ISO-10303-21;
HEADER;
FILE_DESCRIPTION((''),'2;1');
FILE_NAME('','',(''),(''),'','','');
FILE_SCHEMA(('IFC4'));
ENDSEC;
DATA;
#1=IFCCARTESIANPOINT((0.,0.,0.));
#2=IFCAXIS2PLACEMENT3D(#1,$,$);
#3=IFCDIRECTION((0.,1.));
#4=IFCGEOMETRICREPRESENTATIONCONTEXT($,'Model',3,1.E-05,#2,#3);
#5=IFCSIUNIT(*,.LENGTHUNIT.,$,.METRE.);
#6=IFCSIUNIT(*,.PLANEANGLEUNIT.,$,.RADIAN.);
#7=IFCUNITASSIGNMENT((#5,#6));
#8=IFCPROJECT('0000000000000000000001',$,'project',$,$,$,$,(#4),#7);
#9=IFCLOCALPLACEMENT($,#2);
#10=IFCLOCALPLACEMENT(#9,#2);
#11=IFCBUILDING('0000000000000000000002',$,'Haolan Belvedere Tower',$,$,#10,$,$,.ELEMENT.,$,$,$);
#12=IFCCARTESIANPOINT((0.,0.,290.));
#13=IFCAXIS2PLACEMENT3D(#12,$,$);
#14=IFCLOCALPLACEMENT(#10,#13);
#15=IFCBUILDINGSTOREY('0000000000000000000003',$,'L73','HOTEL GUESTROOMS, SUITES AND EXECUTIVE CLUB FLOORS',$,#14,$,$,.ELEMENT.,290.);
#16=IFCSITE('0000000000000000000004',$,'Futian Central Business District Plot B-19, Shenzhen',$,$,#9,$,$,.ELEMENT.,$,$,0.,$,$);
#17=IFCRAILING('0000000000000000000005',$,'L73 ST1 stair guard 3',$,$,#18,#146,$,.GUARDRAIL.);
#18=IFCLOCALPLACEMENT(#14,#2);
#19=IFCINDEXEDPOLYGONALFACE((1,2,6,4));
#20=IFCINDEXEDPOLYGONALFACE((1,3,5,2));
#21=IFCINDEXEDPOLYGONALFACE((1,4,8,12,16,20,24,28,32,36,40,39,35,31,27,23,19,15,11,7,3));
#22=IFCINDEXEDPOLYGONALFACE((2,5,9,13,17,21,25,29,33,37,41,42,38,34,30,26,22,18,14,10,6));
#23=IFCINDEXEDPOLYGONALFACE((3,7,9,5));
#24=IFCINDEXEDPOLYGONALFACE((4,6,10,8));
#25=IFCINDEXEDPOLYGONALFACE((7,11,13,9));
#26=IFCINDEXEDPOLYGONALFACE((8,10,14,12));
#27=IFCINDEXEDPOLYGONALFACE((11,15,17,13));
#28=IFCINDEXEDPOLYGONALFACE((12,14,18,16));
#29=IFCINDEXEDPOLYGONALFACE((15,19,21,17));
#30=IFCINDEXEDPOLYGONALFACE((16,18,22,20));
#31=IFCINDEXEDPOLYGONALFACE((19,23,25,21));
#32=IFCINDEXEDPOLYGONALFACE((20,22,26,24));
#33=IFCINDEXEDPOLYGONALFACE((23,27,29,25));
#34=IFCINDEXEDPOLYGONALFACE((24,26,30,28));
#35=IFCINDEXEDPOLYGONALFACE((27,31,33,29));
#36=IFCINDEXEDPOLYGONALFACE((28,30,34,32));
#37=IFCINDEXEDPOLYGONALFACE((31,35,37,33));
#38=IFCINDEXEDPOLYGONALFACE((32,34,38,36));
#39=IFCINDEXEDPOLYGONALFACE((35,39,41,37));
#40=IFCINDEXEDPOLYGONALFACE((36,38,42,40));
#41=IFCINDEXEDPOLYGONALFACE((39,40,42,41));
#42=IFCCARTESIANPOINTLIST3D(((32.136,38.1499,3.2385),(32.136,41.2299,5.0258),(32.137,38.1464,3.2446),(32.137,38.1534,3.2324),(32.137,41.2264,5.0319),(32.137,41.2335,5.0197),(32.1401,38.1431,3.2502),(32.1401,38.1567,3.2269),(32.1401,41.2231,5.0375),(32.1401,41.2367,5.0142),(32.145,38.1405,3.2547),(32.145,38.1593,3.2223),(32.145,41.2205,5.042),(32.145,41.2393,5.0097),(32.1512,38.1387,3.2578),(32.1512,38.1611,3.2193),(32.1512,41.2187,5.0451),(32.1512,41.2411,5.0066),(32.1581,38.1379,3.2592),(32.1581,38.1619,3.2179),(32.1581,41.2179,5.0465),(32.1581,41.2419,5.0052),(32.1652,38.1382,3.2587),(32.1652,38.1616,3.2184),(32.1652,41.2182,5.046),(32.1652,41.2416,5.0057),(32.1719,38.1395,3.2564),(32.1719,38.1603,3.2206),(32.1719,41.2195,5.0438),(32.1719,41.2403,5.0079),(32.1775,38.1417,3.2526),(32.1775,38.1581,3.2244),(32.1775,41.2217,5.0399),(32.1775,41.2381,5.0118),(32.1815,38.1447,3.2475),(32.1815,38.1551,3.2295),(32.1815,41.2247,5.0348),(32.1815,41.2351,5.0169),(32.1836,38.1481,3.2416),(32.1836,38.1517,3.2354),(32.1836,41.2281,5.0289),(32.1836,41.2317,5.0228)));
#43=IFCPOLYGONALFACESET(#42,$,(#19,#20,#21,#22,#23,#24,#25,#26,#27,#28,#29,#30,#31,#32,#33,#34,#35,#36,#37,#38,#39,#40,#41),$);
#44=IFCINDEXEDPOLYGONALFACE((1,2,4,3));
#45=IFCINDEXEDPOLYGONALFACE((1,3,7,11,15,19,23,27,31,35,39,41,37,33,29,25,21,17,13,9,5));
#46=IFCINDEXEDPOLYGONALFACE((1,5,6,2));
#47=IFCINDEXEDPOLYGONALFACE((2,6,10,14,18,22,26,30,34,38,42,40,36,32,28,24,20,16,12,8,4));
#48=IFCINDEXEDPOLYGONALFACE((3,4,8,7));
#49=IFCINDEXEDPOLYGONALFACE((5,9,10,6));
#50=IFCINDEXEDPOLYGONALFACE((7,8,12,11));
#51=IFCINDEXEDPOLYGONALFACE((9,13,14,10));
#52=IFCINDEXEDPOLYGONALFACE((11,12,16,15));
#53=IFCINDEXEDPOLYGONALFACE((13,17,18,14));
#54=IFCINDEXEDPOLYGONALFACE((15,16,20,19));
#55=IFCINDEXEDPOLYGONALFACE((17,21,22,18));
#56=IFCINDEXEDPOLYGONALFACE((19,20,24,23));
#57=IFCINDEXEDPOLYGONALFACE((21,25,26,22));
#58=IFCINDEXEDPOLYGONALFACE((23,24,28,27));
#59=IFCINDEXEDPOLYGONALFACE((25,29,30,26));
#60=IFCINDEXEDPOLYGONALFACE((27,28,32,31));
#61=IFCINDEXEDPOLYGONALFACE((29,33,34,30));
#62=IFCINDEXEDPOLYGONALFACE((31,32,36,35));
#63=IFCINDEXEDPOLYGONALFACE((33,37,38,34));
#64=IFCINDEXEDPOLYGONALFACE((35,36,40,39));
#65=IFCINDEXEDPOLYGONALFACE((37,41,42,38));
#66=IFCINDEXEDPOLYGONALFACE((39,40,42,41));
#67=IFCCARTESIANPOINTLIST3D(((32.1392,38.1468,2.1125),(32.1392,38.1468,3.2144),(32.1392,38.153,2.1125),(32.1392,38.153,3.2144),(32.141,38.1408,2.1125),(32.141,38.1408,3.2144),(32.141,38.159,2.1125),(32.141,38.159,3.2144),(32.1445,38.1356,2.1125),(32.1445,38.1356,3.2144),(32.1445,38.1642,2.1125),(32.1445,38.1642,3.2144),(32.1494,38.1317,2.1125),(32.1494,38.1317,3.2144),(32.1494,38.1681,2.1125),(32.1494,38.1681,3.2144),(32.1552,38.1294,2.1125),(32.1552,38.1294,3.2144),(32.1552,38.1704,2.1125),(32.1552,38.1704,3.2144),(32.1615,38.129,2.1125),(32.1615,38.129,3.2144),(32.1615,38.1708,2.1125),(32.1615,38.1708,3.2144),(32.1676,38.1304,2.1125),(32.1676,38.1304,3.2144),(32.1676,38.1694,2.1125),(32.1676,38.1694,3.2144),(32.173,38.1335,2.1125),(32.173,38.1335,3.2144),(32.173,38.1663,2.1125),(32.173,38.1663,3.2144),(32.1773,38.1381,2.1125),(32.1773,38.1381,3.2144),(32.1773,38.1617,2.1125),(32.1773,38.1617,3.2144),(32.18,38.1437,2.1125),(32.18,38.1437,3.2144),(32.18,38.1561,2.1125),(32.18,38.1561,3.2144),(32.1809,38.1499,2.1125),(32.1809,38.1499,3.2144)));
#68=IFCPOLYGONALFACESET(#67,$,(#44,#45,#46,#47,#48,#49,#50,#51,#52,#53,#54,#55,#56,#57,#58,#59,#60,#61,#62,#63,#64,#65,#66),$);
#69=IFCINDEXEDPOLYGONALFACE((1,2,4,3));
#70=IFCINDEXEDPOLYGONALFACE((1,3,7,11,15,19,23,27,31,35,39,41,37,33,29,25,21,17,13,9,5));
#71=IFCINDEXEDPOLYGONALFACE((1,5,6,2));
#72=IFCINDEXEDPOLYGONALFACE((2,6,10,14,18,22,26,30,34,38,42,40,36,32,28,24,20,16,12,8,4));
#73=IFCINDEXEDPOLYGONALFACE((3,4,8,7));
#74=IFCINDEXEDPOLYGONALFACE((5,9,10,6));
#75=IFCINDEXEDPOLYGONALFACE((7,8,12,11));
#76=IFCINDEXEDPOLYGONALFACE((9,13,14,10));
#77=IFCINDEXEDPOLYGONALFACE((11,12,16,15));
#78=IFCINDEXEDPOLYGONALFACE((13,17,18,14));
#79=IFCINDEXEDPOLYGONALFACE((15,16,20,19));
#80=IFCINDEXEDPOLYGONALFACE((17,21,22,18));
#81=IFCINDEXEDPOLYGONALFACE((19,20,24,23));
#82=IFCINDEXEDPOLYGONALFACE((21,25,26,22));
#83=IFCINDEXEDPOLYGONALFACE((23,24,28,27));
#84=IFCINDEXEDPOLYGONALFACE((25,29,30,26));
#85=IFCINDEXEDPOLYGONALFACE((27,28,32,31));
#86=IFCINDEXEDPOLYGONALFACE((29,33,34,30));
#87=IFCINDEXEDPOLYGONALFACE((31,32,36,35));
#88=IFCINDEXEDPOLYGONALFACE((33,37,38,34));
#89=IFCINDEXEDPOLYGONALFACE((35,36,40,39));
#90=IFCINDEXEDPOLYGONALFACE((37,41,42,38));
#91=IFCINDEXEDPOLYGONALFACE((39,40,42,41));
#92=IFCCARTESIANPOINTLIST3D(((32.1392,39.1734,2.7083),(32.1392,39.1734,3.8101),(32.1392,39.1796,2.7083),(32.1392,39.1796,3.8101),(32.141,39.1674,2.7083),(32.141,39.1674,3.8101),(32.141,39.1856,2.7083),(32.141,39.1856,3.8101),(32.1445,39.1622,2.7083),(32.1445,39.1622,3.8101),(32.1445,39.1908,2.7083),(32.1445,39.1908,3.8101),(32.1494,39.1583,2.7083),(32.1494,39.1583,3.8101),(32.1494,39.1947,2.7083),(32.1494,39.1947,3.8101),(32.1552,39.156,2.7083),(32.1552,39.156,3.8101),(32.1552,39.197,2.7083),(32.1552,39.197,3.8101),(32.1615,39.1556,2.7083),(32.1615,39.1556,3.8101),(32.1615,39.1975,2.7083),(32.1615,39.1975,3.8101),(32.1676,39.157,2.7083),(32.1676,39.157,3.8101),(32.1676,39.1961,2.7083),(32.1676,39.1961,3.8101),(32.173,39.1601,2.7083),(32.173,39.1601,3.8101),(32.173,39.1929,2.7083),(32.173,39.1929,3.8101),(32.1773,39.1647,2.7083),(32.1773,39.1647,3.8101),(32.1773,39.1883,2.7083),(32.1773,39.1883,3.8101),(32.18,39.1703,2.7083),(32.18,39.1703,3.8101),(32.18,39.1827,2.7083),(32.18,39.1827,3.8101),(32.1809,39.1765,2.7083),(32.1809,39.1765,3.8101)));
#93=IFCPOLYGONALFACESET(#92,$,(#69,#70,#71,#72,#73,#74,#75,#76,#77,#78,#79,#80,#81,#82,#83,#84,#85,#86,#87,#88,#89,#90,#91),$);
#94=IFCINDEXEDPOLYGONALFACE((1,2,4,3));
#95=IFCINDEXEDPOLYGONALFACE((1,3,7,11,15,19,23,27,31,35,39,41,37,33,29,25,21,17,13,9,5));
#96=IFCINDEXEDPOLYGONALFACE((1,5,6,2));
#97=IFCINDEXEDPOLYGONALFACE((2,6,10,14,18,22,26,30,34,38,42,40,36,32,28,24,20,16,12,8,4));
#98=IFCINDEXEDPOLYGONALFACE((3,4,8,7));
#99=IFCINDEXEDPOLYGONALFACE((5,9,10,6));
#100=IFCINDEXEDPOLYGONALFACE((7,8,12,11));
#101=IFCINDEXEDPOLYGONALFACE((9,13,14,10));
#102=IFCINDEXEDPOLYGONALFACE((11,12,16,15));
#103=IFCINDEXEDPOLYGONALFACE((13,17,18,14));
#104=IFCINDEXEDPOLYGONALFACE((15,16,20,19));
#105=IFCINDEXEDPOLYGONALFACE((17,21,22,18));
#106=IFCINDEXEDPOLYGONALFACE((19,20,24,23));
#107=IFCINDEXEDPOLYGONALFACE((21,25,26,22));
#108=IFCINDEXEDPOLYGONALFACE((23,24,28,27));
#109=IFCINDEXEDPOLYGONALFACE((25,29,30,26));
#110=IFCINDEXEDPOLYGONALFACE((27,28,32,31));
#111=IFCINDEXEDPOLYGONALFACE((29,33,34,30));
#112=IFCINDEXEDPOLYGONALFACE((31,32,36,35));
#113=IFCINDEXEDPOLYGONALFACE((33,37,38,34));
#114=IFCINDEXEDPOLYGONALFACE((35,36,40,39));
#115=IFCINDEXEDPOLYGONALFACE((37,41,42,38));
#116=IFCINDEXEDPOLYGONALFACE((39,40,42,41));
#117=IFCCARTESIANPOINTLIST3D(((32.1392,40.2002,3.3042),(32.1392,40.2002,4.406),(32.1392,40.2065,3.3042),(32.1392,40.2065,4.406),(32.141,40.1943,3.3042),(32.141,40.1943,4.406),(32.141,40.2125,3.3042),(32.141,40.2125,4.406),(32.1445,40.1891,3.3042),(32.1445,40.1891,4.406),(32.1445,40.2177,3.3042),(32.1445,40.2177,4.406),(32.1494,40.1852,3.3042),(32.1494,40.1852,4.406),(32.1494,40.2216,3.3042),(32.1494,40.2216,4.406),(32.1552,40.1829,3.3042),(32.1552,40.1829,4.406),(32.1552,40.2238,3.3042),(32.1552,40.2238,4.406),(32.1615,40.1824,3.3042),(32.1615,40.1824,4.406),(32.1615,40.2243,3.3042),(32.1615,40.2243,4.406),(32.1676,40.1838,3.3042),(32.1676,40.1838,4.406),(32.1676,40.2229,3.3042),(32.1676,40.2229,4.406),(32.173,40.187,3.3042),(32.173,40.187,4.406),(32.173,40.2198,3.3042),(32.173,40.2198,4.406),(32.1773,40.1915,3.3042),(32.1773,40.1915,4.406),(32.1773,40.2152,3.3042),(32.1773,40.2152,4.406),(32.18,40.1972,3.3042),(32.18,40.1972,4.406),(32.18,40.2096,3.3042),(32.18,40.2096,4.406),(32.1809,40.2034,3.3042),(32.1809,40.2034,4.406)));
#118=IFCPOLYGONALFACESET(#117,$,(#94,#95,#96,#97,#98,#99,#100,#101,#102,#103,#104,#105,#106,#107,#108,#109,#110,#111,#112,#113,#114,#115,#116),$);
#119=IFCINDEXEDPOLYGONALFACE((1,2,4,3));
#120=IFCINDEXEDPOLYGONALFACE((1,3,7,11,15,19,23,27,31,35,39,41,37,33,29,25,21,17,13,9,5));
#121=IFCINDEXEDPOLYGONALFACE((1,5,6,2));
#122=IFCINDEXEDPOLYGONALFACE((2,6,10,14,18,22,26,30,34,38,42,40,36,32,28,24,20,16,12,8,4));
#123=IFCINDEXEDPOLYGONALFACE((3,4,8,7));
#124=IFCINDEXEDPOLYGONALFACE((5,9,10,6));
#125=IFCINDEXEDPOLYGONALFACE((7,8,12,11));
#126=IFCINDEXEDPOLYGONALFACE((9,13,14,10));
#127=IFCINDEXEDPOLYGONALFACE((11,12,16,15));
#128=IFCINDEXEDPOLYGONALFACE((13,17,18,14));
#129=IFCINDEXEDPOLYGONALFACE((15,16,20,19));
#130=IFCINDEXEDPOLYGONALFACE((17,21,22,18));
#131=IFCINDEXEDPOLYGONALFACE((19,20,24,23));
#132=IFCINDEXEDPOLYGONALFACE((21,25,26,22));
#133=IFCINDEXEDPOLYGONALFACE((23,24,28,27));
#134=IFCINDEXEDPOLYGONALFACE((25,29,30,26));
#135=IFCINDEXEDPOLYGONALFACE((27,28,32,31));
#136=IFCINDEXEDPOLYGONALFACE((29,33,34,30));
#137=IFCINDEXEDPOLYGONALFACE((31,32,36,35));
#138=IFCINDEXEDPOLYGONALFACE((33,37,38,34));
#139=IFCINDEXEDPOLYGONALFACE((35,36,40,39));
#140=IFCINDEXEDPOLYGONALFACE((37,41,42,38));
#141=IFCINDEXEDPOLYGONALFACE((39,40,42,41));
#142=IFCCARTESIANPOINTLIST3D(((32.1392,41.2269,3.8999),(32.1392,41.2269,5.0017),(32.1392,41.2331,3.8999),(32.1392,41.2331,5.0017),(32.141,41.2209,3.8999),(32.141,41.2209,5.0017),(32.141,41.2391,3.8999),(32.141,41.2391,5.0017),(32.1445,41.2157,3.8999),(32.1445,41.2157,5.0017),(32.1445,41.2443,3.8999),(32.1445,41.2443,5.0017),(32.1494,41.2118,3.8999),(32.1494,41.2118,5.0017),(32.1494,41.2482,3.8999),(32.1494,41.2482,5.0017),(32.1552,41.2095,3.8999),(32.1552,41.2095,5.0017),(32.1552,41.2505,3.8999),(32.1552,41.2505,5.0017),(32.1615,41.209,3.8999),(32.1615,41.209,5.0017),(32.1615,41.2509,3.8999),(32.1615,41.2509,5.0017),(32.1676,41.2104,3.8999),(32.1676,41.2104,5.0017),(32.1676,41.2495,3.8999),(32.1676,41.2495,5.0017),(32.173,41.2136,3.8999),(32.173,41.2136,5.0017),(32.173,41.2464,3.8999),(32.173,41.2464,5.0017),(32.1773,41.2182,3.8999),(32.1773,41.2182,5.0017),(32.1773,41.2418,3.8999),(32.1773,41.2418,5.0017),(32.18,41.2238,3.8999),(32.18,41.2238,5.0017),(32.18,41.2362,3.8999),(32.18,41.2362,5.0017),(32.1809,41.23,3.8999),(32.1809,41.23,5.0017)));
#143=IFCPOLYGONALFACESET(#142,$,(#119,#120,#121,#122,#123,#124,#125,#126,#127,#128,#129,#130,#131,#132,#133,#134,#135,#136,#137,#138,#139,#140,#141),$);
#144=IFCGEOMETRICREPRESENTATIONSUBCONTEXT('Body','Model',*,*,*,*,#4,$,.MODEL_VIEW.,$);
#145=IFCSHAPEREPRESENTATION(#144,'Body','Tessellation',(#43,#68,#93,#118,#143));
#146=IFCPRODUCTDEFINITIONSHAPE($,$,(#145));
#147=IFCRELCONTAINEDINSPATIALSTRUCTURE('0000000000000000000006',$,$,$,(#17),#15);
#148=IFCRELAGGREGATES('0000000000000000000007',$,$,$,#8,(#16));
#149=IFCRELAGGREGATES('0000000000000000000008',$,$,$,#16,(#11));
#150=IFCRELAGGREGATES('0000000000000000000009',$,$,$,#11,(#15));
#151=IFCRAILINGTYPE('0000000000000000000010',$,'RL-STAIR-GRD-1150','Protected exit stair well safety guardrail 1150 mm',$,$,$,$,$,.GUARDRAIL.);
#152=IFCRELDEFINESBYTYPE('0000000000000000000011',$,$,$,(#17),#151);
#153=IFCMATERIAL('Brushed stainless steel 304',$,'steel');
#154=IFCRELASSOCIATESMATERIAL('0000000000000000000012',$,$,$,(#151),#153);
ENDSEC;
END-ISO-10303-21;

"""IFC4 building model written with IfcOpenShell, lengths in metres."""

from ifc_helpers import new_model, si_unit, direction, frame, origin, origin_2d, place, context, subcontext, project, spatial, circle, extrude, material, type_object, element, save


model = new_model("IFC4")

# Units and contexts
model_context = context("Model", 3, precision=1e-05, world=origin(), true_north=direction((0.0, 1.0)))
body_context = subcontext(model_context, "Body", "Model", "MODEL_VIEW")
ifc_project = project(units=[si_unit("LENGTHUNIT", "METRE"), si_unit("PLANEANGLEUNIT", "RADIAN")], contexts=[model_context])

# Site, building, storey
site_placement = place(None, origin())
site = spatial("IfcSite", under=ifc_project, at=site_placement, Name="Futian Central Business District Plot B-19, Shenzhen", CompositionType="ELEMENT", RefElevation=0.0)
building_placement = place(site_placement, origin())
building = spatial("IfcBuilding", under=site, at=building_placement, Name="Haolan Belvedere Tower", CompositionType="ELEMENT")
storey_placement = place(building_placement, frame((0.0, 0.0, 290.0)))
storey = spatial("IfcBuildingStorey", under=building, at=storey_placement, Name="L73", Description="HOTEL GUESTROOMS, SUITES AND EXECUTIVE CLUB FLOORS", CompositionType="ELEMENT", Elevation=290.0)

# Railing
ifc_material_1 = material(Name="Brushed stainless steel 304", Category="steel")
railing_type_1 = type_object("IfcRailingType", Name="RL-STAIR-GRD-1150", Description="Protected exit stair well safety guardrail 1150 mm", PredefinedType="GUARDRAIL", material=ifc_material_1)
railing_1_placement = place(storey_placement, frame((32.1599, 38.1499, 2.1125)))
element("IfcRailing", 1, at=railing_1_placement, inside=storey, type_object=railing_type_1, Name="L73 ST1 stair guard 3", PredefinedType="GUARDRAIL", context=body_context, shape_type="SweptSolid", body=[
    extrude(circle(Radius=0.0239, at=origin_2d()), frame((0.0, 0.0, 1.126), z_axis=(0.0, 0.86492, 0.501909), x_axis=(-1.0, 0.0, 0.0)), (0.0, 0.0, 1.0), 3.561),
    extrude(circle(Radius=0.021, at=origin_2d()), origin(), (0.0, 0.0, 1.0), 1.1018),
    extrude(circle(Radius=0.021, at=origin_2d()), frame((0.0, 1.0266, 0.5957)), (0.0, 0.0, 1.0), 1.1018),
    extrude(circle(Radius=0.021, at=origin_2d()), frame((0.0, 2.0535, 1.1917)), (0.0, 0.0, 1.0), 1.1018),
    extrude(circle(Radius=0.021, at=origin_2d()), frame((0.0, 3.0801, 1.7874)), (0.0, 0.0, 1.0), 1.1018),
])

save(model, "model.ifc")
